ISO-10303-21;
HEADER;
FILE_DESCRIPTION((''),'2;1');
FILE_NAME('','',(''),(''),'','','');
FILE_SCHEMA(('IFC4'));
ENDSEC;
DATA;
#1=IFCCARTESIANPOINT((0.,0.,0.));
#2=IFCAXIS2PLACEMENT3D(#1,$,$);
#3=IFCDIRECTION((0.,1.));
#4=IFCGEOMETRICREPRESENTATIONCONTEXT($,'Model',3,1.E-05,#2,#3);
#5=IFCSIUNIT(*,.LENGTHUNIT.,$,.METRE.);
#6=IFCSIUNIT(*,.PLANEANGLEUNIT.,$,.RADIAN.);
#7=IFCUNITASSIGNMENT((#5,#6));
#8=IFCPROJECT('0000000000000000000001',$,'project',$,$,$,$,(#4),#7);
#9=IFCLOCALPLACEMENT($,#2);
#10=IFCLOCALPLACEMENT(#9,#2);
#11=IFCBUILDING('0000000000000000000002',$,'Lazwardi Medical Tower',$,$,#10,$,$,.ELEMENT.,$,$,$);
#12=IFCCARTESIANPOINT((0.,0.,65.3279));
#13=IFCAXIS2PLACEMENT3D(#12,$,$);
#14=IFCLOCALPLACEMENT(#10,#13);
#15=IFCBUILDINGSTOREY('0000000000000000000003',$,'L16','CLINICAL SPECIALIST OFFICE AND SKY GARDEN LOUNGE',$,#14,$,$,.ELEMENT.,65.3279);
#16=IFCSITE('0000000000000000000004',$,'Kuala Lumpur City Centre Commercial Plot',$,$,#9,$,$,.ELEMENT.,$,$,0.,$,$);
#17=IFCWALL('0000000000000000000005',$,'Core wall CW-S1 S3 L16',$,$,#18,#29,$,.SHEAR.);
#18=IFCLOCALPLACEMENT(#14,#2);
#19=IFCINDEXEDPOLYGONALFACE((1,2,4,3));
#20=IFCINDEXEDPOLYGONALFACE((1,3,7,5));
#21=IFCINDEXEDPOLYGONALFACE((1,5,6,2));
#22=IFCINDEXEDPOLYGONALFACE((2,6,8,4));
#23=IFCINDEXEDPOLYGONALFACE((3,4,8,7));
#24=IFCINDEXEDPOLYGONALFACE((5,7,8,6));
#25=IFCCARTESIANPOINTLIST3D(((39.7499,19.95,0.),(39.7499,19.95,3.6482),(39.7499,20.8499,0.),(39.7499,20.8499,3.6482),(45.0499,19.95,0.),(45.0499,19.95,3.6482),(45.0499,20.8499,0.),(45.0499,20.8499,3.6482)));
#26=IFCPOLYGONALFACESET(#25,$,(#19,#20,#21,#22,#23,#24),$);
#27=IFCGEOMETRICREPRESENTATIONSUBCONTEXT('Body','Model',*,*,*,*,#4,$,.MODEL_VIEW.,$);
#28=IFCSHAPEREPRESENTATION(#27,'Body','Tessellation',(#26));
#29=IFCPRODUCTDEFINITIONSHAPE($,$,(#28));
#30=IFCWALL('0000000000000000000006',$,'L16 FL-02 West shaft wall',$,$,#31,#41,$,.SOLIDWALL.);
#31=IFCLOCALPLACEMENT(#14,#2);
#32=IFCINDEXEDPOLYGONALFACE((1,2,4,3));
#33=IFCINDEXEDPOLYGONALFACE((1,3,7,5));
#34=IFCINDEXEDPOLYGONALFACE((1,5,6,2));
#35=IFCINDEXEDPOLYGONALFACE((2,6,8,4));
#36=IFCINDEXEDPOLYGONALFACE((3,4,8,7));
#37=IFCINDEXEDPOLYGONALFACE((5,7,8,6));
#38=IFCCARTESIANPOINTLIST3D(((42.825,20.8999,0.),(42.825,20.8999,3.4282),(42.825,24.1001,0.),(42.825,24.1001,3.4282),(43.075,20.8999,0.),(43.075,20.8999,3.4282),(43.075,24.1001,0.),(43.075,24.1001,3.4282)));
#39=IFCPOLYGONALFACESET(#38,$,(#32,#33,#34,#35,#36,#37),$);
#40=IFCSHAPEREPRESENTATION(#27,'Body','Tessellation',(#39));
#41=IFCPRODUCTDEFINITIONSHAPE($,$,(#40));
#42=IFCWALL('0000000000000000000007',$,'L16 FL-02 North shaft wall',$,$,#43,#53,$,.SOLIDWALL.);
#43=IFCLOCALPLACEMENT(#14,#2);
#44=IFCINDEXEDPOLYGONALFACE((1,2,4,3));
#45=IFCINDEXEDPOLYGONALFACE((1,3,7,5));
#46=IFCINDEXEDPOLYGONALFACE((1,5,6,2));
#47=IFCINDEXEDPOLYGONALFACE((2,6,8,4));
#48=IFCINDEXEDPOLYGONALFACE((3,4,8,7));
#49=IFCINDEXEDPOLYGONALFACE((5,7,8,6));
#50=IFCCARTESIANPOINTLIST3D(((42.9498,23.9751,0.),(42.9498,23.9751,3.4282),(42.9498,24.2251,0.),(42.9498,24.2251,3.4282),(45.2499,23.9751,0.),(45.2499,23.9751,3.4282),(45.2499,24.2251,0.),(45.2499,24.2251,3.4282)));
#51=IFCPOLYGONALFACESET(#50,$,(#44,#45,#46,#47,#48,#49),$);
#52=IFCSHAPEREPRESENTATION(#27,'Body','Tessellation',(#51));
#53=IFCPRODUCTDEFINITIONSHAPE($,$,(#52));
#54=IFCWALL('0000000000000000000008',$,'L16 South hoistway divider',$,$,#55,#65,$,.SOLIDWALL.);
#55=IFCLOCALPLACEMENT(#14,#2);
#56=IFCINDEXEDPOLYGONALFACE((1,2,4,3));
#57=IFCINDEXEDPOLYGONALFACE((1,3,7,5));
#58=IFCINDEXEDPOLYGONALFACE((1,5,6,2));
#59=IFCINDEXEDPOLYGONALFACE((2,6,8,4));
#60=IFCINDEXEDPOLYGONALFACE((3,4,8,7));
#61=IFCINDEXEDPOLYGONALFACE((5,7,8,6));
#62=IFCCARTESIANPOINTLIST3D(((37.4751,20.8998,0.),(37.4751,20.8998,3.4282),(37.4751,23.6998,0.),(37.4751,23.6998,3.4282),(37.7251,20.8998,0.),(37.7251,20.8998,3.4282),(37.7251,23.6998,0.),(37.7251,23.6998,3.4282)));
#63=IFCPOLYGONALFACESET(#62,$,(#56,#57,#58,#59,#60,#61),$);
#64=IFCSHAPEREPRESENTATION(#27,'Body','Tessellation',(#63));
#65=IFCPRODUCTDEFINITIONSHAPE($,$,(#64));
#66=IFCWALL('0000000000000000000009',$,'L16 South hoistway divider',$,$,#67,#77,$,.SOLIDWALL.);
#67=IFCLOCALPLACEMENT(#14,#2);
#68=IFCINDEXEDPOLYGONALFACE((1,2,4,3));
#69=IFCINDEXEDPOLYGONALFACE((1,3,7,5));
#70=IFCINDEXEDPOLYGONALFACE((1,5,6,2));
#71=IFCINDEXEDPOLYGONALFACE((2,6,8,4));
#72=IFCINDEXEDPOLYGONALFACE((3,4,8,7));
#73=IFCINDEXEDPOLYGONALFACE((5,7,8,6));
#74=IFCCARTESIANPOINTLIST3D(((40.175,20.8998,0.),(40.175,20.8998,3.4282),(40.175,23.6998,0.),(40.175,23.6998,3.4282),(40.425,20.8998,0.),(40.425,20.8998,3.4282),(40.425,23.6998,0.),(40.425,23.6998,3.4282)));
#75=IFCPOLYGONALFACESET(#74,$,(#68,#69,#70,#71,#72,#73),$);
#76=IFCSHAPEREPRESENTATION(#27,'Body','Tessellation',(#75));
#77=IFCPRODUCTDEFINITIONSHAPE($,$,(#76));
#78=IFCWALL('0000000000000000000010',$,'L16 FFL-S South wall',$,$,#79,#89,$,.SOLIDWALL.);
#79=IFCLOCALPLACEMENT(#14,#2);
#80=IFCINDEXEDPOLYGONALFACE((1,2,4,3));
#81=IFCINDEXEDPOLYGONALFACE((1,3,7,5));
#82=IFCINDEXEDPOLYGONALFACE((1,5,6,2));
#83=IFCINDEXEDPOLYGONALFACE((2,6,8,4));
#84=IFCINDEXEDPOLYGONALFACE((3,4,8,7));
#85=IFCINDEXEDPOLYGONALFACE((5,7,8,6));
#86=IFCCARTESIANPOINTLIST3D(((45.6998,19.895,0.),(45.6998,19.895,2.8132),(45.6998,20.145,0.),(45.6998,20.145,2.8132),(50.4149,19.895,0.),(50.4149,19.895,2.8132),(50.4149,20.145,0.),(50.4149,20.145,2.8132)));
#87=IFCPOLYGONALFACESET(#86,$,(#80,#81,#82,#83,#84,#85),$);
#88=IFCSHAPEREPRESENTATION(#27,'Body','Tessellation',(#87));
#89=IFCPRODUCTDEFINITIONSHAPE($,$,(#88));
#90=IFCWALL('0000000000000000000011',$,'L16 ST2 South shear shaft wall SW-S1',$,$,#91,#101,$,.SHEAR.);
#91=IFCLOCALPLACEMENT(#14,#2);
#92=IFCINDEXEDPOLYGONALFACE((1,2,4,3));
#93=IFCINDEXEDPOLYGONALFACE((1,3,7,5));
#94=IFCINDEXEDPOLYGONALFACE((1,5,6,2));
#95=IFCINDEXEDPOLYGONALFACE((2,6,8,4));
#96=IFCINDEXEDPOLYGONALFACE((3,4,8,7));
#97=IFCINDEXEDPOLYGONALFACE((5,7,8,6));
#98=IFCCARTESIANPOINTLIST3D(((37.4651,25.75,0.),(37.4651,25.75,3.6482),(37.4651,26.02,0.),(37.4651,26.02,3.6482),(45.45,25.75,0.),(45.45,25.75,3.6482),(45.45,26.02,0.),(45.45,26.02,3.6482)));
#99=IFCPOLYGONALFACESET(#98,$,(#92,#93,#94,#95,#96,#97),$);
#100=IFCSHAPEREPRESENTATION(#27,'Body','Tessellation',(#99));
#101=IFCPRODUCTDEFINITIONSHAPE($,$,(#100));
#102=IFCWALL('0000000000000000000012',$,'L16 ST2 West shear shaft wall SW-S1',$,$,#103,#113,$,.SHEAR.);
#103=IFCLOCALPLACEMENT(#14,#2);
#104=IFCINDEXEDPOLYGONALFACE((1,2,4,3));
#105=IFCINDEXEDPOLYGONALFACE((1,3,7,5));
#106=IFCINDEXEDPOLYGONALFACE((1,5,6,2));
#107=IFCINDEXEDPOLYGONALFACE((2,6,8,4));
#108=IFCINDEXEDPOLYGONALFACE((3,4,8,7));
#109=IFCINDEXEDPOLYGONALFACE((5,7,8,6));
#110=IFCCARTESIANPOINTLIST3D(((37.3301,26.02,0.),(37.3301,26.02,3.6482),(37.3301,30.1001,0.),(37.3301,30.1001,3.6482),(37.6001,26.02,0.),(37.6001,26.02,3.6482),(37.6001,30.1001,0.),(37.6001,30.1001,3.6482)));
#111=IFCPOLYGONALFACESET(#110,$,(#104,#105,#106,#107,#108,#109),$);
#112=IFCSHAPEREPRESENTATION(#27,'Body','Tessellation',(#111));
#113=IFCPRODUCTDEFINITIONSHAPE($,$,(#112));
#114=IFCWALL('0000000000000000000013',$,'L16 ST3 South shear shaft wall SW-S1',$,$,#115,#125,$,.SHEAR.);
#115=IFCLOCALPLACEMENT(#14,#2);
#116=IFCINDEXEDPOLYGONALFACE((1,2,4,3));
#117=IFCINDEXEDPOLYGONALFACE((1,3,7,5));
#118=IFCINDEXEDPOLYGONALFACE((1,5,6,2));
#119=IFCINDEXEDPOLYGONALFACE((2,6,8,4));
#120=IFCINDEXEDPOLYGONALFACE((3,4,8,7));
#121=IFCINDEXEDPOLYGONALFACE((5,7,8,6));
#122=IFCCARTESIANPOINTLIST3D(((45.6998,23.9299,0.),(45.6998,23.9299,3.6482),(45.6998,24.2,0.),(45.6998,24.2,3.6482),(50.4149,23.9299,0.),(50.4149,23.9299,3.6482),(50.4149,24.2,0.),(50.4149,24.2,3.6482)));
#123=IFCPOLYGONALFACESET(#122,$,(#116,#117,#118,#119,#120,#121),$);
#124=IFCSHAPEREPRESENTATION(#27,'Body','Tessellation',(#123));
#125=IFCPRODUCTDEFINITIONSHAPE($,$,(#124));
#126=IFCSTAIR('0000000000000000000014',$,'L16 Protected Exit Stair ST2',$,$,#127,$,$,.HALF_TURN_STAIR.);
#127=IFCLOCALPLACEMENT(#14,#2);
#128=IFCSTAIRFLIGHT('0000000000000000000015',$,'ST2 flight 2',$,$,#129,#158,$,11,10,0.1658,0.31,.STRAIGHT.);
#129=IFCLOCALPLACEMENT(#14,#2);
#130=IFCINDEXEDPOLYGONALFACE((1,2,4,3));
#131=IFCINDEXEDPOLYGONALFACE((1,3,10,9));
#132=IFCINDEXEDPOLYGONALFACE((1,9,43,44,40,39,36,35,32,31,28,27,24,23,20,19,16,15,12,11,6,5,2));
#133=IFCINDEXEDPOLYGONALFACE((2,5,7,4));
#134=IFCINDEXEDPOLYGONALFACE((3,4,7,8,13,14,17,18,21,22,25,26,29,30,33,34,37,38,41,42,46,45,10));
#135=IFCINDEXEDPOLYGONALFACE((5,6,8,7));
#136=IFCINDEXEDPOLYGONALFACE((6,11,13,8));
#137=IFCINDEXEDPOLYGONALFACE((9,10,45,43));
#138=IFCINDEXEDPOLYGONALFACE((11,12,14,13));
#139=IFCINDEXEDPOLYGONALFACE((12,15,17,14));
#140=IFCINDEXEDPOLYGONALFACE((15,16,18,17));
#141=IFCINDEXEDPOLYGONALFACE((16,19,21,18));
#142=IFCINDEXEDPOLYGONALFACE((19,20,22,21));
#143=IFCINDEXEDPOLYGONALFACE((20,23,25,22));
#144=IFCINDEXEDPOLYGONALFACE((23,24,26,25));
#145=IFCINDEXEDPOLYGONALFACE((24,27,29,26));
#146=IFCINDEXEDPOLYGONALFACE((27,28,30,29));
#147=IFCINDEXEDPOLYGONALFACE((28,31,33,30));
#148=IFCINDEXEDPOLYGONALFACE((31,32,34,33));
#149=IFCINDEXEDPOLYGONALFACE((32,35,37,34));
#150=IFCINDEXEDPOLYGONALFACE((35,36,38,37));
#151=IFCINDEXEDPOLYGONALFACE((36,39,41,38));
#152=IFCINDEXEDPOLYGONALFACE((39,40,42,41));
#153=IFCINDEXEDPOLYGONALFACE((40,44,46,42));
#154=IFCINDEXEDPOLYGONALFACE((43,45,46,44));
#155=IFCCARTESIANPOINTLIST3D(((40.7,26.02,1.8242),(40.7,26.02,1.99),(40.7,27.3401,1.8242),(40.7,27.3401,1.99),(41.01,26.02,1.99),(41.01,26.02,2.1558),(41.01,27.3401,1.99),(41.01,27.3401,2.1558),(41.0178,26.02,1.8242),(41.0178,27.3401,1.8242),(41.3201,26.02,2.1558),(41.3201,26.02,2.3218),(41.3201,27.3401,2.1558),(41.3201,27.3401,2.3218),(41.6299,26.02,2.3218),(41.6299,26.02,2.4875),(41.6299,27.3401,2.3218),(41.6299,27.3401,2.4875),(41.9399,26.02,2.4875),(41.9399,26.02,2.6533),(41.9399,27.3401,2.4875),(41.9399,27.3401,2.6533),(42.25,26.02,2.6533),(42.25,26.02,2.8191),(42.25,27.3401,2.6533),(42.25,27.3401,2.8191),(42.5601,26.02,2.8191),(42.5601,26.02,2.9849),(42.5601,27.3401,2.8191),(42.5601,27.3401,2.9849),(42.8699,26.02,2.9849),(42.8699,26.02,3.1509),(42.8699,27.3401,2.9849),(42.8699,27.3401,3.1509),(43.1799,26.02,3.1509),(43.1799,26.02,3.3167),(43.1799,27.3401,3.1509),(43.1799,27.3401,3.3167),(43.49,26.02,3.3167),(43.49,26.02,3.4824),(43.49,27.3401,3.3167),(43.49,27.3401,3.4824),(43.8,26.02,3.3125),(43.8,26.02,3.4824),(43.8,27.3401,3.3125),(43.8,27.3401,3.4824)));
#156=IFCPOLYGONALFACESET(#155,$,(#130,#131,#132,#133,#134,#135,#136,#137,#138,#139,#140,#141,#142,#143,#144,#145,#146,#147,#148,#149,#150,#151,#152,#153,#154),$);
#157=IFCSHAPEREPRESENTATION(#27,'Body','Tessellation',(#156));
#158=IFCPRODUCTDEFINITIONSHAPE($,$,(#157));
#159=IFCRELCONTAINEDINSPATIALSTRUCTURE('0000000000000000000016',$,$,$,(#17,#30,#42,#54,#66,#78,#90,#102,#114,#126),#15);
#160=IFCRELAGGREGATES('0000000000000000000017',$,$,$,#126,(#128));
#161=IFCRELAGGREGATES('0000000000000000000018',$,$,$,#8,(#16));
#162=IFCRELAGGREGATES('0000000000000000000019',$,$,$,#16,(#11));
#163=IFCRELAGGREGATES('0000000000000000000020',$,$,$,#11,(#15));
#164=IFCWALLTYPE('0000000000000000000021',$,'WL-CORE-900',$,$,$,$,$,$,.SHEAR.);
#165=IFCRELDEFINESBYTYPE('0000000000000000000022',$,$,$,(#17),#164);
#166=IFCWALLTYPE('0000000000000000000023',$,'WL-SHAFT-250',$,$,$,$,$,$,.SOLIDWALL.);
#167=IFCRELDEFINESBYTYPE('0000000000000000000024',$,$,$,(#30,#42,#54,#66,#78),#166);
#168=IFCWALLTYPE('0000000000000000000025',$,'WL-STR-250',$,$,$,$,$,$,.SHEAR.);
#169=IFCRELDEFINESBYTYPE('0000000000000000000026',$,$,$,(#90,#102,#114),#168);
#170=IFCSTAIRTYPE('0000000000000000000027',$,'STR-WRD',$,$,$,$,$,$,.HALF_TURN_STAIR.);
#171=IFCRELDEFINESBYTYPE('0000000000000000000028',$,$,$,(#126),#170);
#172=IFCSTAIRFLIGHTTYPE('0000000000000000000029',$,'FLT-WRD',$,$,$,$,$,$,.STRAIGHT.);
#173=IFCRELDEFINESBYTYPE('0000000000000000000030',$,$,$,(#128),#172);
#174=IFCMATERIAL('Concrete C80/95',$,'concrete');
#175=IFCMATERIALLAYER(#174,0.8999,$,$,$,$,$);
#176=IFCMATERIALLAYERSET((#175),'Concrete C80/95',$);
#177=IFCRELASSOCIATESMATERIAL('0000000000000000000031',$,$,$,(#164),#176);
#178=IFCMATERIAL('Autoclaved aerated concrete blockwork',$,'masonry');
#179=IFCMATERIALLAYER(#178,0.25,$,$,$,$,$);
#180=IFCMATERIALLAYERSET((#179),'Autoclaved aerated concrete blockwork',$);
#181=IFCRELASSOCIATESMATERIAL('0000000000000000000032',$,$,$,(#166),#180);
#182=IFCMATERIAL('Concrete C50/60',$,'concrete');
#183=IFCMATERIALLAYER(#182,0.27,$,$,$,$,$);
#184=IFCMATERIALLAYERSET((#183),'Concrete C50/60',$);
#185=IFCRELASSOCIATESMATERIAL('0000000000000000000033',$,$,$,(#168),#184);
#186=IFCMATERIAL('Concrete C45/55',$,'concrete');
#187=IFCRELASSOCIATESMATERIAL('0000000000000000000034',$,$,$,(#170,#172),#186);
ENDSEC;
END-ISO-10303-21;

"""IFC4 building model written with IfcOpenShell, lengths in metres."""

from ifc_helpers import new_model, si_unit, direction, frame, frame_2d, origin, place, context, subcontext, project, spatial, polyline, rectangle, outline, extrude, material, layer, layer_set, type_object, element, aggregate, save


model = new_model("IFC4")

# Units and contexts
model_context = context("Model", 3, precision=1e-05, world=origin(), true_north=direction((0.0, 1.0)))
body_context = subcontext(model_context, "Body", "Model", "MODEL_VIEW")
ifc_project = project(units=[si_unit("LENGTHUNIT", "METRE"), si_unit("PLANEANGLEUNIT", "RADIAN")], contexts=[model_context])

# Site, building, storey
site_placement = place(None, origin())
site = spatial("IfcSite", under=ifc_project, at=site_placement, Name="Kuala Lumpur City Centre Commercial Plot", CompositionType="ELEMENT", RefElevation=0.0)
building_placement = place(site_placement, origin())
building = spatial("IfcBuilding", under=site, at=building_placement, Name="Lazwardi Medical Tower", CompositionType="ELEMENT")
storey_placement = place(building_placement, frame((0.0, 0.0, 65.3279)))
storey = spatial("IfcBuildingStorey", under=building, at=storey_placement, Name="L16", Description="CLINICAL SPECIALIST OFFICE AND SKY GARDEN LOUNGE", CompositionType="ELEMENT", Elevation=65.3279)

# Shared definitions
ifc_material_1 = material(Name="Concrete C80/95", Category="concrete")

# Shared definitions
ifc_layer_1 = layer(ifc_material_1, 0.8999)
ifc_layer_set_1 = layer_set([ifc_layer_1], Name="Concrete C80/95")
wall_type_1 = type_object("IfcWallType", Name="WL-CORE-900", PredefinedType="SHEAR", material=ifc_layer_set_1)

# Walls
wall_1_placement = place(storey_placement, frame((39.75, 20.3999, 0.0), z_axis=(0.0, 0.0, 1.0), x_axis=(1.0, 0.0, 0.0)))
element("IfcWall", 1, at=wall_1_placement, inside=storey, type_object=wall_type_1, Name="Core wall CW-S1 S3 L16", PredefinedType="SHEAR", context=body_context, shape_type="SweptSolid", body=[
    extrude(rectangle(XDim=5.3, YDim=0.8999, at=frame_2d((2.6499, 0.0))), origin(), (0.0, 0.0, 1.0), 3.6482),
])
ifc_material_2 = material(Name="Autoclaved aerated concrete blockwork", Category="masonry")
ifc_layer_2 = layer(ifc_material_2, 0.25)
ifc_layer_set_2 = layer_set([ifc_layer_2], Name="Autoclaved aerated concrete blockwork")
wall_type_2 = type_object("IfcWallType", Name="WL-SHAFT-250", PredefinedType="SOLIDWALL", material=ifc_layer_set_2)
wall_2_placement = place(storey_placement, frame((42.95, 20.8999, 0.0), z_axis=(0.0, 0.0, 1.0), x_axis=(0.0, 1.0, 0.0)))
element("IfcWall", 2, at=wall_2_placement, inside=storey, type_object=wall_type_2, Name="L16 FL-02 West shaft wall", PredefinedType="SOLIDWALL", context=body_context, shape_type="SweptSolid", body=[
    extrude(rectangle(XDim=3.2002, YDim=0.25, at=frame_2d((1.6001, 0.0))), origin(), (0.0, 0.0, 1.0), 3.4282),
])
wall_3_placement = place(storey_placement, frame((42.95, 24.1001, 0.0), z_axis=(0.0, 0.0, 1.0), x_axis=(1.0, 0.0, 0.0)))
element("IfcWall", 3, at=wall_3_placement, inside=storey, type_object=wall_type_2, Name="L16 FL-02 North shaft wall", PredefinedType="SOLIDWALL", context=body_context, shape_type="SweptSolid", body=[
    extrude(rectangle(XDim=2.3, YDim=0.25, at=frame_2d((1.1499, 0.0))), origin(), (0.0, 0.0, 1.0), 3.4282),
])
for number, where, z_axis, x_axis, name in (
    (4, (37.6001, 20.8999, 0.0), (0.0, 0.0, 1.0), (0.0, 1.0, 0.0), "L16 South hoistway divider"),
    (5, (40.3, 20.8999, 0.0), (0.0, 0.0, 1.0), (0.0, 1.0, 0.0), "L16 South hoistway divider"),
):
    element("IfcWall", number, at=place(storey_placement, frame(where, z_axis=z_axis, x_axis=x_axis)), inside=storey, type_object=wall_type_2, Name=name, PredefinedType="SOLIDWALL", context=body_context, shape_type="SweptSolid", body=[
        extrude(rectangle(XDim=2.8, YDim=0.25, at=frame_2d((1.3999, 0.0))), origin(), (0.0, 0.0, 1.0), 3.4282),
    ])
wall_4_placement = place(storey_placement, frame((45.7, 20.02, 0.0), z_axis=(0.0, 0.0, 1.0), x_axis=(1.0, 0.0, 0.0)))
element("IfcWall", 6, at=wall_4_placement, inside=storey, type_object=wall_type_2, Name="L16 FFL-S South wall", PredefinedType="SOLIDWALL", context=body_context, shape_type="SweptSolid", body=[
    extrude(rectangle(XDim=4.7151, YDim=0.25, at=frame_2d((2.3574, 0.0))), origin(), (0.0, 0.0, 1.0), 2.8132),
])
ifc_material_3 = material(Name="Concrete C50/60", Category="concrete")
ifc_layer_3 = layer(ifc_material_3, 0.27)
ifc_layer_set_3 = layer_set([ifc_layer_3], Name="Concrete C50/60")
wall_type_3 = type_object("IfcWallType", Name="WL-STR-250", PredefinedType="SHEAR", material=ifc_layer_set_3)
wall_5_placement = place(storey_placement, frame((37.4651, 25.885, 0.0), z_axis=(0.0, 0.0, 1.0), x_axis=(1.0, 0.0, 0.0)))
element("IfcWall", 7, at=wall_5_placement, inside=storey, type_object=wall_type_3, Name="L16 ST2 South shear shaft wall SW-S1", PredefinedType="SHEAR", context=body_context, shape_type="SweptSolid", body=[
    extrude(rectangle(XDim=7.9849, YDim=0.27, at=frame_2d((3.9924, 0.0))), origin(), (0.0, 0.0, 1.0), 3.6482),
])
wall_6_placement = place(storey_placement, frame((37.4651, 26.02, 0.0), z_axis=(0.0, 0.0, 1.0), x_axis=(0.0, 1.0, 0.0)))
element("IfcWall", 8, at=wall_6_placement, inside=storey, type_object=wall_type_3, Name="L16 ST2 West shear shaft wall SW-S1", PredefinedType="SHEAR", context=body_context, shape_type="SweptSolid", body=[
    extrude(rectangle(XDim=4.0801, YDim=0.27, at=frame_2d((2.04, 0.0))), origin(), (0.0, 0.0, 1.0), 3.6482),
])
wall_7_placement = place(storey_placement, frame((45.7, 24.0649, 0.0), z_axis=(0.0, 0.0, 1.0), x_axis=(1.0, 0.0, 0.0)))
element("IfcWall", 9, at=wall_7_placement, inside=storey, type_object=wall_type_3, Name="L16 ST3 South shear shaft wall SW-S1", PredefinedType="SHEAR", context=body_context, shape_type="SweptSolid", body=[
    extrude(rectangle(XDim=4.7151, YDim=0.27, at=frame_2d((2.3574, 0.0))), origin(), (0.0, 0.0, 1.0), 3.6482),
])

# Stair, stair flight
ifc_material_4 = material(Name="Concrete C45/55", Category="concrete")
stair_type = type_object("IfcStairType", Name="STR-WRD", PredefinedType="HALF_TURN_STAIR", material=ifc_material_4)
stair_placement = place(storey_placement, origin())
stair = element("IfcStair", 10, at=stair_placement, inside=storey, type_object=stair_type, Name="L16 Protected Exit Stair ST2", PredefinedType="HALF_TURN_STAIR")
stair_flight_type = type_object("IfcStairFlightType", Name="FLT-WRD", PredefinedType="STRAIGHT", material=ifc_material_4)
stair_flight_placement = place(storey_placement, frame((40.7, 26.6799, 1.8242), z_axis=(0.0, 0.0, 1.0), x_axis=(1.0, 0.0, 0.0)))
stair_flight = element("IfcStairFlight", 11, at=stair_flight_placement, type_object=stair_flight_type, Name="ST2 flight 2", NumberOfRisers=11, NumberOfTreads=10, PredefinedType="STRAIGHT", RiserHeight=0.1658, TreadLength=0.31, context=body_context, shape_type="SweptSolid", body=[
    extrude(outline(polyline([(0.0, 0.0), (0.0, 0.1658), (0.3101, 0.1658), (0.3101, 0.3315), (0.6201, 0.3315), (0.6201, 0.4976), (0.9299, 0.4976), (0.9299, 0.6633), (1.24, 0.6633), (1.24, 0.8291), (1.55, 0.8291), (1.55, 0.9949), (1.8601, 0.9949), (1.8601, 1.1606), (2.1699, 1.1606), (2.1699, 1.3267), (2.48, 1.3267), (2.48, 1.4924), (2.79, 1.4924), (2.79, 1.6582), (3.1001, 1.6582), (3.1001, 1.824), (3.1001, 1.4883), (0.3179, 0.0), (0.0, 0.0)])), frame((0.0, 0.6602, 0.0), z_axis=(0.0, -1.0, 0.0), x_axis=(1.0, 0.0, 0.0)), (0.0, 0.0, 1.0), 1.3201),
])
aggregate(stair, [stair_flight])

save(model, "model.ifc")
